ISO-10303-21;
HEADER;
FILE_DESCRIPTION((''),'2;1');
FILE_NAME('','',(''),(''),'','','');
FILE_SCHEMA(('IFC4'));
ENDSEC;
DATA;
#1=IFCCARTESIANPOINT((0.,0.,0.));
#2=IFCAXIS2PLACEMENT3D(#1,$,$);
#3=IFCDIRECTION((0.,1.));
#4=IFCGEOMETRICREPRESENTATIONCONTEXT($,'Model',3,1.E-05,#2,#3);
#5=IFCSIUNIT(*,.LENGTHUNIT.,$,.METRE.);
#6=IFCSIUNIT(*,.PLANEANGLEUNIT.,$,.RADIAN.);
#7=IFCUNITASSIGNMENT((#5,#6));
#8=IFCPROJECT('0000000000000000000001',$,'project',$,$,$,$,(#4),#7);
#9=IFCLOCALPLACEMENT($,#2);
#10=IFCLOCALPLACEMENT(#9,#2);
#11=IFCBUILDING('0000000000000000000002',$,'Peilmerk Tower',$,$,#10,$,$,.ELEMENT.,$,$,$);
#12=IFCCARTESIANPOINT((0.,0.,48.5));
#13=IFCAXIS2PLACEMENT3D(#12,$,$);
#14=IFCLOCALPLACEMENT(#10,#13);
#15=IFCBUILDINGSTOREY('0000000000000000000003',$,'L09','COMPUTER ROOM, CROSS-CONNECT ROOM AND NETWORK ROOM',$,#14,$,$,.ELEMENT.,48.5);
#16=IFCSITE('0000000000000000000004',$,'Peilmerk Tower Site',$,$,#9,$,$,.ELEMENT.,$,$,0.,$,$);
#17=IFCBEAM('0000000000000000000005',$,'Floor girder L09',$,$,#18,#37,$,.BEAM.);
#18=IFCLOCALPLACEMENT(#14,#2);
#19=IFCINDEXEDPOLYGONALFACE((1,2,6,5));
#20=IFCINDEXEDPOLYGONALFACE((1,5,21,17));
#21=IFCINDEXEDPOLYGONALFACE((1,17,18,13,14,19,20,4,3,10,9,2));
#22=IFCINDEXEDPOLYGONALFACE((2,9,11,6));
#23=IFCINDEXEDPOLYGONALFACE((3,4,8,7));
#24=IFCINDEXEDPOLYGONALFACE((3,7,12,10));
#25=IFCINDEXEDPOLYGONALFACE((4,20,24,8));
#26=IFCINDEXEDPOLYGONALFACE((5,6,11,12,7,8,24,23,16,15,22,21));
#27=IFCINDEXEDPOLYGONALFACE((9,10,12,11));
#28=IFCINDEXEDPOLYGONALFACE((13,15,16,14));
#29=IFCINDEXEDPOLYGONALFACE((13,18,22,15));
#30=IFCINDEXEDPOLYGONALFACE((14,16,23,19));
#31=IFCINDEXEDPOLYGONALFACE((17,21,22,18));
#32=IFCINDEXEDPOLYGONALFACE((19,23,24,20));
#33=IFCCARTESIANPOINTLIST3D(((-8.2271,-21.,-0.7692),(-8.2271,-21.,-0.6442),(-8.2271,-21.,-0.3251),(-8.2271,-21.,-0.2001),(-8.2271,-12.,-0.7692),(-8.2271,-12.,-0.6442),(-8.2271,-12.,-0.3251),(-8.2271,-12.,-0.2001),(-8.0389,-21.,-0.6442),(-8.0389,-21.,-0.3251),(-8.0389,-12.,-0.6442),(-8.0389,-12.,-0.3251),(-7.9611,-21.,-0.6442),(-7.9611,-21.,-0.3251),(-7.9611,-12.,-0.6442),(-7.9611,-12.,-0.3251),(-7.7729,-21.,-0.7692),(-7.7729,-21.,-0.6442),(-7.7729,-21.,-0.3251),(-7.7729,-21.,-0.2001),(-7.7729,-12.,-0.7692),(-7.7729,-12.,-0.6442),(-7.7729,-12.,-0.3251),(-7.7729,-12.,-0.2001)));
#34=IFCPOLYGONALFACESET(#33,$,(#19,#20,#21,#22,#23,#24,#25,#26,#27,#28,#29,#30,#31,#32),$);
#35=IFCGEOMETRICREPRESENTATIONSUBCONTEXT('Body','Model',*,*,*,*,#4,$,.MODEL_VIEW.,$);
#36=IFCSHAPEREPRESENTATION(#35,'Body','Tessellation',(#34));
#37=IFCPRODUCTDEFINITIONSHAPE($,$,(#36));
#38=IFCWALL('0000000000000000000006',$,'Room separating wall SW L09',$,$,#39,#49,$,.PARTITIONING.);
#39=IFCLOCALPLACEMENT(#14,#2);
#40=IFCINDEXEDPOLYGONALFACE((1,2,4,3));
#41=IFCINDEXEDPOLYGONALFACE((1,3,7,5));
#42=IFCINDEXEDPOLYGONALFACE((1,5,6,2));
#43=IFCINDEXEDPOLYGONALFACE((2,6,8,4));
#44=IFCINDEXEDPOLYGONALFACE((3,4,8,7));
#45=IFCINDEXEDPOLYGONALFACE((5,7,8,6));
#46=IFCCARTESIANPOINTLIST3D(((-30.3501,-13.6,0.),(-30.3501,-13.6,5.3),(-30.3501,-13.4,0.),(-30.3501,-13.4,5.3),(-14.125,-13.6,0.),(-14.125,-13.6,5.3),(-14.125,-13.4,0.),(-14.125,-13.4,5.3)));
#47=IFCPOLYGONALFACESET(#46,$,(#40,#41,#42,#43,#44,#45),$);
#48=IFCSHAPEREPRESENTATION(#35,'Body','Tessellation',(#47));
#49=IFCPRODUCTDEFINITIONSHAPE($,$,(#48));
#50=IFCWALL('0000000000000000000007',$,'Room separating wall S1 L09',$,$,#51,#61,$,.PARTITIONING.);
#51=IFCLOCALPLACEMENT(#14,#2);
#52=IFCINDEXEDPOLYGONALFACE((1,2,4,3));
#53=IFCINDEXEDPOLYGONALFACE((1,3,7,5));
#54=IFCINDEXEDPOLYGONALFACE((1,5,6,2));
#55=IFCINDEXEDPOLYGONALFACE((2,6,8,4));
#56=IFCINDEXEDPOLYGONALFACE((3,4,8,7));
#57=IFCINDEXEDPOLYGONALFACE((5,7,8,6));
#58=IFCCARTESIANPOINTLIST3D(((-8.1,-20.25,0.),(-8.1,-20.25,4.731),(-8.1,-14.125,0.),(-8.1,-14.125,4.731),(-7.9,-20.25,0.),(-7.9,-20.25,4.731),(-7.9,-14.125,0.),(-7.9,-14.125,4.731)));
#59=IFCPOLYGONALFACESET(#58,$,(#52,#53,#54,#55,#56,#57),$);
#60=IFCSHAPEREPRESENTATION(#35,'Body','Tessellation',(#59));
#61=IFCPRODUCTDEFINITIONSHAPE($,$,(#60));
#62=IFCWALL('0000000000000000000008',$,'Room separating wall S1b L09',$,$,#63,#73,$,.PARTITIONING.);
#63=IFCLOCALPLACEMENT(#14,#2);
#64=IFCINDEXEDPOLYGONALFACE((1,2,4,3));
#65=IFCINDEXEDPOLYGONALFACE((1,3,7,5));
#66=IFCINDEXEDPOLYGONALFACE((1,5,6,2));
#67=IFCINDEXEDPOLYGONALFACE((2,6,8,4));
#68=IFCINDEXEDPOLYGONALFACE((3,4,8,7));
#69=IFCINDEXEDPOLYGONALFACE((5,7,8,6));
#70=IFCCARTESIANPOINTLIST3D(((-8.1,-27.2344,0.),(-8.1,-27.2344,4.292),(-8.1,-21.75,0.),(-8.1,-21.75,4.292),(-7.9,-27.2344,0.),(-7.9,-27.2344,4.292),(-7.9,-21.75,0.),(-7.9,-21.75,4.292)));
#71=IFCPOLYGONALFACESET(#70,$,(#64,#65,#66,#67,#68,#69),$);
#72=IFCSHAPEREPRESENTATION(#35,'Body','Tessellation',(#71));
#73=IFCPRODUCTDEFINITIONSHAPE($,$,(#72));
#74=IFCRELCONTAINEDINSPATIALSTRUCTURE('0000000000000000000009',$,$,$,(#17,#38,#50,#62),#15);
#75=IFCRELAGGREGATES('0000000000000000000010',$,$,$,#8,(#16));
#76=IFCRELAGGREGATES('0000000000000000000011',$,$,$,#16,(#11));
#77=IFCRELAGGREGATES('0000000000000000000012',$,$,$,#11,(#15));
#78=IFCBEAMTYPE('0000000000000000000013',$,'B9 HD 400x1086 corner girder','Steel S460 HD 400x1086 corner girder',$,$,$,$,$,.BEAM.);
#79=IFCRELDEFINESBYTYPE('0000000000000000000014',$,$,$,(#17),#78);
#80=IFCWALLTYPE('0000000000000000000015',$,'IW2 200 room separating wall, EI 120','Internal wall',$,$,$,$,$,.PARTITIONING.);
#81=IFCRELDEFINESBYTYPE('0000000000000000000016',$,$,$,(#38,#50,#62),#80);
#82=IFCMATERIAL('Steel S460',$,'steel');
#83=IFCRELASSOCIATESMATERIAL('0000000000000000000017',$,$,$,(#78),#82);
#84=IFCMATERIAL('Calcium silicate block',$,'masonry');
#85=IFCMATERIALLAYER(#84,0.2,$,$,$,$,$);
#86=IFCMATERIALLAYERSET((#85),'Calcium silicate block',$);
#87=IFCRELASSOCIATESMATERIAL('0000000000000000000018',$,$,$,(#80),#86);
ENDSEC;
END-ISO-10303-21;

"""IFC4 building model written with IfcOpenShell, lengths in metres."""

from ifc_helpers import new_model, si_unit, direction, frame, frame_2d, origin, origin_2d, place, context, subcontext, project, spatial, rectangle, i_section, extrude, material, layer, layer_set, material_profile, profile_set, type_object, element, save


model = new_model("IFC4")

# Units and contexts
model_context = context("Model", 3, precision=1e-05, world=origin(), true_north=direction((0.0, 1.0)))
body_context = subcontext(model_context, "Body", "Model", "MODEL_VIEW")
ifc_project = project(units=[si_unit("LENGTHUNIT", "METRE"), si_unit("PLANEANGLEUNIT", "RADIAN")], contexts=[model_context])

# Site, building, storey
site_placement = place(None, origin())
site = spatial("IfcSite", under=ifc_project, at=site_placement, Name="Peilmerk Tower Site", CompositionType="ELEMENT", RefElevation=0.0)
building_placement = place(site_placement, origin())
building = spatial("IfcBuilding", under=site, at=building_placement, Name="Peilmerk Tower", CompositionType="ELEMENT")
storey_placement = place(building_placement, frame((0.0, 0.0, 48.5)))
storey = spatial("IfcBuildingStorey", under=building, at=storey_placement, Name="L09", Description="COMPUTER ROOM, CROSS-CONNECT ROOM AND NETWORK ROOM", CompositionType="ELEMENT", Elevation=48.5)

# Beam
ifc_material_1 = material(Name="Steel S460", Category="steel")
ifc_material_profile_1 = material_profile(ifc_material_1, i_section(OverallWidth=0.4541, OverallDepth=0.5691, WebThickness=0.0779, FlangeThickness=0.125, at=origin_2d()), Name="HD 400x1086")
ifc_profile_set_1 = profile_set([ifc_material_profile_1], Name="Steel S460")
beam_type_1 = type_object("IfcBeamType", Name="B9 HD 400x1086 corner girder", Description="Steel S460 HD 400x1086 corner girder", PredefinedType="BEAM", material=ifc_profile_set_1)
beam_1_placement = place(storey_placement, frame((-8.0, -12.0, -0.4846), z_axis=(0.0, -1.0, 0.0), x_axis=(1.0, 0.0, 0.0)))
element("IfcBeam", 1, at=beam_1_placement, inside=storey, type_object=beam_type_1, Name="Floor girder L09", PredefinedType="BEAM", context=body_context, shape_type="SweptSolid", body=[
    extrude(i_section(OverallWidth=0.4541, OverallDepth=0.5691, WebThickness=0.0779, FlangeThickness=0.125, at=origin_2d()), origin(), (0.0, 0.0, 1.0), 9.0),
])

# Walls
ifc_material_2 = material(Name="Calcium silicate block", Category="masonry")
ifc_layer = layer(ifc_material_2, 0.2)
ifc_layer_set = layer_set([ifc_layer], Name="Calcium silicate block")
wall_type = type_object("IfcWallType", Name="IW2 200 room separating wall, EI 120", Description="Internal wall", PredefinedType="PARTITIONING", material=ifc_layer_set)
wall_1_placement = place(storey_placement, frame((-14.125, -13.5, 0.0), z_axis=(0.0, 0.0, 1.0), x_axis=(-1.0, 0.0, 0.0)))
element("IfcWall", 2, at=wall_1_placement, inside=storey, type_object=wall_type, Name="Room separating wall SW L09", PredefinedType="PARTITIONING", context=body_context, shape_type="SweptSolid", body=[
    extrude(rectangle(XDim=16.2251, YDim=0.2, at=frame_2d((8.1125, 0.0))), origin(), (0.0, 0.0, 1.0), 5.3),
])
wall_2_placement = place(storey_placement, frame((-8.0, -14.125, 0.0), z_axis=(0.0, 0.0, 1.0), x_axis=(0.0, -1.0, 0.0)))
element("IfcWall", 3, at=wall_2_placement, inside=storey, type_object=wall_type, Name="Room separating wall S1 L09", PredefinedType="PARTITIONING", context=body_context, shape_type="SweptSolid", body=[
    extrude(rectangle(XDim=6.125, YDim=0.2, at=frame_2d((3.0625, 0.0))), origin(), (0.0, 0.0, 1.0), 4.731),
])
wall_3_placement = place(storey_placement, frame((-8.0, -21.75, 0.0), z_axis=(0.0, 0.0, 1.0), x_axis=(0.0, -1.0, 0.0)))
element("IfcWall", 4, at=wall_3_placement, inside=storey, type_object=wall_type, Name="Room separating wall S1b L09", PredefinedType="PARTITIONING", context=body_context, shape_type="SweptSolid", body=[
    extrude(rectangle(XDim=5.4844, YDim=0.2, at=frame_2d((2.7422, 0.0))), origin(), (0.0, 0.0, 1.0), 4.292),
])

save(model, "model.ifc")
